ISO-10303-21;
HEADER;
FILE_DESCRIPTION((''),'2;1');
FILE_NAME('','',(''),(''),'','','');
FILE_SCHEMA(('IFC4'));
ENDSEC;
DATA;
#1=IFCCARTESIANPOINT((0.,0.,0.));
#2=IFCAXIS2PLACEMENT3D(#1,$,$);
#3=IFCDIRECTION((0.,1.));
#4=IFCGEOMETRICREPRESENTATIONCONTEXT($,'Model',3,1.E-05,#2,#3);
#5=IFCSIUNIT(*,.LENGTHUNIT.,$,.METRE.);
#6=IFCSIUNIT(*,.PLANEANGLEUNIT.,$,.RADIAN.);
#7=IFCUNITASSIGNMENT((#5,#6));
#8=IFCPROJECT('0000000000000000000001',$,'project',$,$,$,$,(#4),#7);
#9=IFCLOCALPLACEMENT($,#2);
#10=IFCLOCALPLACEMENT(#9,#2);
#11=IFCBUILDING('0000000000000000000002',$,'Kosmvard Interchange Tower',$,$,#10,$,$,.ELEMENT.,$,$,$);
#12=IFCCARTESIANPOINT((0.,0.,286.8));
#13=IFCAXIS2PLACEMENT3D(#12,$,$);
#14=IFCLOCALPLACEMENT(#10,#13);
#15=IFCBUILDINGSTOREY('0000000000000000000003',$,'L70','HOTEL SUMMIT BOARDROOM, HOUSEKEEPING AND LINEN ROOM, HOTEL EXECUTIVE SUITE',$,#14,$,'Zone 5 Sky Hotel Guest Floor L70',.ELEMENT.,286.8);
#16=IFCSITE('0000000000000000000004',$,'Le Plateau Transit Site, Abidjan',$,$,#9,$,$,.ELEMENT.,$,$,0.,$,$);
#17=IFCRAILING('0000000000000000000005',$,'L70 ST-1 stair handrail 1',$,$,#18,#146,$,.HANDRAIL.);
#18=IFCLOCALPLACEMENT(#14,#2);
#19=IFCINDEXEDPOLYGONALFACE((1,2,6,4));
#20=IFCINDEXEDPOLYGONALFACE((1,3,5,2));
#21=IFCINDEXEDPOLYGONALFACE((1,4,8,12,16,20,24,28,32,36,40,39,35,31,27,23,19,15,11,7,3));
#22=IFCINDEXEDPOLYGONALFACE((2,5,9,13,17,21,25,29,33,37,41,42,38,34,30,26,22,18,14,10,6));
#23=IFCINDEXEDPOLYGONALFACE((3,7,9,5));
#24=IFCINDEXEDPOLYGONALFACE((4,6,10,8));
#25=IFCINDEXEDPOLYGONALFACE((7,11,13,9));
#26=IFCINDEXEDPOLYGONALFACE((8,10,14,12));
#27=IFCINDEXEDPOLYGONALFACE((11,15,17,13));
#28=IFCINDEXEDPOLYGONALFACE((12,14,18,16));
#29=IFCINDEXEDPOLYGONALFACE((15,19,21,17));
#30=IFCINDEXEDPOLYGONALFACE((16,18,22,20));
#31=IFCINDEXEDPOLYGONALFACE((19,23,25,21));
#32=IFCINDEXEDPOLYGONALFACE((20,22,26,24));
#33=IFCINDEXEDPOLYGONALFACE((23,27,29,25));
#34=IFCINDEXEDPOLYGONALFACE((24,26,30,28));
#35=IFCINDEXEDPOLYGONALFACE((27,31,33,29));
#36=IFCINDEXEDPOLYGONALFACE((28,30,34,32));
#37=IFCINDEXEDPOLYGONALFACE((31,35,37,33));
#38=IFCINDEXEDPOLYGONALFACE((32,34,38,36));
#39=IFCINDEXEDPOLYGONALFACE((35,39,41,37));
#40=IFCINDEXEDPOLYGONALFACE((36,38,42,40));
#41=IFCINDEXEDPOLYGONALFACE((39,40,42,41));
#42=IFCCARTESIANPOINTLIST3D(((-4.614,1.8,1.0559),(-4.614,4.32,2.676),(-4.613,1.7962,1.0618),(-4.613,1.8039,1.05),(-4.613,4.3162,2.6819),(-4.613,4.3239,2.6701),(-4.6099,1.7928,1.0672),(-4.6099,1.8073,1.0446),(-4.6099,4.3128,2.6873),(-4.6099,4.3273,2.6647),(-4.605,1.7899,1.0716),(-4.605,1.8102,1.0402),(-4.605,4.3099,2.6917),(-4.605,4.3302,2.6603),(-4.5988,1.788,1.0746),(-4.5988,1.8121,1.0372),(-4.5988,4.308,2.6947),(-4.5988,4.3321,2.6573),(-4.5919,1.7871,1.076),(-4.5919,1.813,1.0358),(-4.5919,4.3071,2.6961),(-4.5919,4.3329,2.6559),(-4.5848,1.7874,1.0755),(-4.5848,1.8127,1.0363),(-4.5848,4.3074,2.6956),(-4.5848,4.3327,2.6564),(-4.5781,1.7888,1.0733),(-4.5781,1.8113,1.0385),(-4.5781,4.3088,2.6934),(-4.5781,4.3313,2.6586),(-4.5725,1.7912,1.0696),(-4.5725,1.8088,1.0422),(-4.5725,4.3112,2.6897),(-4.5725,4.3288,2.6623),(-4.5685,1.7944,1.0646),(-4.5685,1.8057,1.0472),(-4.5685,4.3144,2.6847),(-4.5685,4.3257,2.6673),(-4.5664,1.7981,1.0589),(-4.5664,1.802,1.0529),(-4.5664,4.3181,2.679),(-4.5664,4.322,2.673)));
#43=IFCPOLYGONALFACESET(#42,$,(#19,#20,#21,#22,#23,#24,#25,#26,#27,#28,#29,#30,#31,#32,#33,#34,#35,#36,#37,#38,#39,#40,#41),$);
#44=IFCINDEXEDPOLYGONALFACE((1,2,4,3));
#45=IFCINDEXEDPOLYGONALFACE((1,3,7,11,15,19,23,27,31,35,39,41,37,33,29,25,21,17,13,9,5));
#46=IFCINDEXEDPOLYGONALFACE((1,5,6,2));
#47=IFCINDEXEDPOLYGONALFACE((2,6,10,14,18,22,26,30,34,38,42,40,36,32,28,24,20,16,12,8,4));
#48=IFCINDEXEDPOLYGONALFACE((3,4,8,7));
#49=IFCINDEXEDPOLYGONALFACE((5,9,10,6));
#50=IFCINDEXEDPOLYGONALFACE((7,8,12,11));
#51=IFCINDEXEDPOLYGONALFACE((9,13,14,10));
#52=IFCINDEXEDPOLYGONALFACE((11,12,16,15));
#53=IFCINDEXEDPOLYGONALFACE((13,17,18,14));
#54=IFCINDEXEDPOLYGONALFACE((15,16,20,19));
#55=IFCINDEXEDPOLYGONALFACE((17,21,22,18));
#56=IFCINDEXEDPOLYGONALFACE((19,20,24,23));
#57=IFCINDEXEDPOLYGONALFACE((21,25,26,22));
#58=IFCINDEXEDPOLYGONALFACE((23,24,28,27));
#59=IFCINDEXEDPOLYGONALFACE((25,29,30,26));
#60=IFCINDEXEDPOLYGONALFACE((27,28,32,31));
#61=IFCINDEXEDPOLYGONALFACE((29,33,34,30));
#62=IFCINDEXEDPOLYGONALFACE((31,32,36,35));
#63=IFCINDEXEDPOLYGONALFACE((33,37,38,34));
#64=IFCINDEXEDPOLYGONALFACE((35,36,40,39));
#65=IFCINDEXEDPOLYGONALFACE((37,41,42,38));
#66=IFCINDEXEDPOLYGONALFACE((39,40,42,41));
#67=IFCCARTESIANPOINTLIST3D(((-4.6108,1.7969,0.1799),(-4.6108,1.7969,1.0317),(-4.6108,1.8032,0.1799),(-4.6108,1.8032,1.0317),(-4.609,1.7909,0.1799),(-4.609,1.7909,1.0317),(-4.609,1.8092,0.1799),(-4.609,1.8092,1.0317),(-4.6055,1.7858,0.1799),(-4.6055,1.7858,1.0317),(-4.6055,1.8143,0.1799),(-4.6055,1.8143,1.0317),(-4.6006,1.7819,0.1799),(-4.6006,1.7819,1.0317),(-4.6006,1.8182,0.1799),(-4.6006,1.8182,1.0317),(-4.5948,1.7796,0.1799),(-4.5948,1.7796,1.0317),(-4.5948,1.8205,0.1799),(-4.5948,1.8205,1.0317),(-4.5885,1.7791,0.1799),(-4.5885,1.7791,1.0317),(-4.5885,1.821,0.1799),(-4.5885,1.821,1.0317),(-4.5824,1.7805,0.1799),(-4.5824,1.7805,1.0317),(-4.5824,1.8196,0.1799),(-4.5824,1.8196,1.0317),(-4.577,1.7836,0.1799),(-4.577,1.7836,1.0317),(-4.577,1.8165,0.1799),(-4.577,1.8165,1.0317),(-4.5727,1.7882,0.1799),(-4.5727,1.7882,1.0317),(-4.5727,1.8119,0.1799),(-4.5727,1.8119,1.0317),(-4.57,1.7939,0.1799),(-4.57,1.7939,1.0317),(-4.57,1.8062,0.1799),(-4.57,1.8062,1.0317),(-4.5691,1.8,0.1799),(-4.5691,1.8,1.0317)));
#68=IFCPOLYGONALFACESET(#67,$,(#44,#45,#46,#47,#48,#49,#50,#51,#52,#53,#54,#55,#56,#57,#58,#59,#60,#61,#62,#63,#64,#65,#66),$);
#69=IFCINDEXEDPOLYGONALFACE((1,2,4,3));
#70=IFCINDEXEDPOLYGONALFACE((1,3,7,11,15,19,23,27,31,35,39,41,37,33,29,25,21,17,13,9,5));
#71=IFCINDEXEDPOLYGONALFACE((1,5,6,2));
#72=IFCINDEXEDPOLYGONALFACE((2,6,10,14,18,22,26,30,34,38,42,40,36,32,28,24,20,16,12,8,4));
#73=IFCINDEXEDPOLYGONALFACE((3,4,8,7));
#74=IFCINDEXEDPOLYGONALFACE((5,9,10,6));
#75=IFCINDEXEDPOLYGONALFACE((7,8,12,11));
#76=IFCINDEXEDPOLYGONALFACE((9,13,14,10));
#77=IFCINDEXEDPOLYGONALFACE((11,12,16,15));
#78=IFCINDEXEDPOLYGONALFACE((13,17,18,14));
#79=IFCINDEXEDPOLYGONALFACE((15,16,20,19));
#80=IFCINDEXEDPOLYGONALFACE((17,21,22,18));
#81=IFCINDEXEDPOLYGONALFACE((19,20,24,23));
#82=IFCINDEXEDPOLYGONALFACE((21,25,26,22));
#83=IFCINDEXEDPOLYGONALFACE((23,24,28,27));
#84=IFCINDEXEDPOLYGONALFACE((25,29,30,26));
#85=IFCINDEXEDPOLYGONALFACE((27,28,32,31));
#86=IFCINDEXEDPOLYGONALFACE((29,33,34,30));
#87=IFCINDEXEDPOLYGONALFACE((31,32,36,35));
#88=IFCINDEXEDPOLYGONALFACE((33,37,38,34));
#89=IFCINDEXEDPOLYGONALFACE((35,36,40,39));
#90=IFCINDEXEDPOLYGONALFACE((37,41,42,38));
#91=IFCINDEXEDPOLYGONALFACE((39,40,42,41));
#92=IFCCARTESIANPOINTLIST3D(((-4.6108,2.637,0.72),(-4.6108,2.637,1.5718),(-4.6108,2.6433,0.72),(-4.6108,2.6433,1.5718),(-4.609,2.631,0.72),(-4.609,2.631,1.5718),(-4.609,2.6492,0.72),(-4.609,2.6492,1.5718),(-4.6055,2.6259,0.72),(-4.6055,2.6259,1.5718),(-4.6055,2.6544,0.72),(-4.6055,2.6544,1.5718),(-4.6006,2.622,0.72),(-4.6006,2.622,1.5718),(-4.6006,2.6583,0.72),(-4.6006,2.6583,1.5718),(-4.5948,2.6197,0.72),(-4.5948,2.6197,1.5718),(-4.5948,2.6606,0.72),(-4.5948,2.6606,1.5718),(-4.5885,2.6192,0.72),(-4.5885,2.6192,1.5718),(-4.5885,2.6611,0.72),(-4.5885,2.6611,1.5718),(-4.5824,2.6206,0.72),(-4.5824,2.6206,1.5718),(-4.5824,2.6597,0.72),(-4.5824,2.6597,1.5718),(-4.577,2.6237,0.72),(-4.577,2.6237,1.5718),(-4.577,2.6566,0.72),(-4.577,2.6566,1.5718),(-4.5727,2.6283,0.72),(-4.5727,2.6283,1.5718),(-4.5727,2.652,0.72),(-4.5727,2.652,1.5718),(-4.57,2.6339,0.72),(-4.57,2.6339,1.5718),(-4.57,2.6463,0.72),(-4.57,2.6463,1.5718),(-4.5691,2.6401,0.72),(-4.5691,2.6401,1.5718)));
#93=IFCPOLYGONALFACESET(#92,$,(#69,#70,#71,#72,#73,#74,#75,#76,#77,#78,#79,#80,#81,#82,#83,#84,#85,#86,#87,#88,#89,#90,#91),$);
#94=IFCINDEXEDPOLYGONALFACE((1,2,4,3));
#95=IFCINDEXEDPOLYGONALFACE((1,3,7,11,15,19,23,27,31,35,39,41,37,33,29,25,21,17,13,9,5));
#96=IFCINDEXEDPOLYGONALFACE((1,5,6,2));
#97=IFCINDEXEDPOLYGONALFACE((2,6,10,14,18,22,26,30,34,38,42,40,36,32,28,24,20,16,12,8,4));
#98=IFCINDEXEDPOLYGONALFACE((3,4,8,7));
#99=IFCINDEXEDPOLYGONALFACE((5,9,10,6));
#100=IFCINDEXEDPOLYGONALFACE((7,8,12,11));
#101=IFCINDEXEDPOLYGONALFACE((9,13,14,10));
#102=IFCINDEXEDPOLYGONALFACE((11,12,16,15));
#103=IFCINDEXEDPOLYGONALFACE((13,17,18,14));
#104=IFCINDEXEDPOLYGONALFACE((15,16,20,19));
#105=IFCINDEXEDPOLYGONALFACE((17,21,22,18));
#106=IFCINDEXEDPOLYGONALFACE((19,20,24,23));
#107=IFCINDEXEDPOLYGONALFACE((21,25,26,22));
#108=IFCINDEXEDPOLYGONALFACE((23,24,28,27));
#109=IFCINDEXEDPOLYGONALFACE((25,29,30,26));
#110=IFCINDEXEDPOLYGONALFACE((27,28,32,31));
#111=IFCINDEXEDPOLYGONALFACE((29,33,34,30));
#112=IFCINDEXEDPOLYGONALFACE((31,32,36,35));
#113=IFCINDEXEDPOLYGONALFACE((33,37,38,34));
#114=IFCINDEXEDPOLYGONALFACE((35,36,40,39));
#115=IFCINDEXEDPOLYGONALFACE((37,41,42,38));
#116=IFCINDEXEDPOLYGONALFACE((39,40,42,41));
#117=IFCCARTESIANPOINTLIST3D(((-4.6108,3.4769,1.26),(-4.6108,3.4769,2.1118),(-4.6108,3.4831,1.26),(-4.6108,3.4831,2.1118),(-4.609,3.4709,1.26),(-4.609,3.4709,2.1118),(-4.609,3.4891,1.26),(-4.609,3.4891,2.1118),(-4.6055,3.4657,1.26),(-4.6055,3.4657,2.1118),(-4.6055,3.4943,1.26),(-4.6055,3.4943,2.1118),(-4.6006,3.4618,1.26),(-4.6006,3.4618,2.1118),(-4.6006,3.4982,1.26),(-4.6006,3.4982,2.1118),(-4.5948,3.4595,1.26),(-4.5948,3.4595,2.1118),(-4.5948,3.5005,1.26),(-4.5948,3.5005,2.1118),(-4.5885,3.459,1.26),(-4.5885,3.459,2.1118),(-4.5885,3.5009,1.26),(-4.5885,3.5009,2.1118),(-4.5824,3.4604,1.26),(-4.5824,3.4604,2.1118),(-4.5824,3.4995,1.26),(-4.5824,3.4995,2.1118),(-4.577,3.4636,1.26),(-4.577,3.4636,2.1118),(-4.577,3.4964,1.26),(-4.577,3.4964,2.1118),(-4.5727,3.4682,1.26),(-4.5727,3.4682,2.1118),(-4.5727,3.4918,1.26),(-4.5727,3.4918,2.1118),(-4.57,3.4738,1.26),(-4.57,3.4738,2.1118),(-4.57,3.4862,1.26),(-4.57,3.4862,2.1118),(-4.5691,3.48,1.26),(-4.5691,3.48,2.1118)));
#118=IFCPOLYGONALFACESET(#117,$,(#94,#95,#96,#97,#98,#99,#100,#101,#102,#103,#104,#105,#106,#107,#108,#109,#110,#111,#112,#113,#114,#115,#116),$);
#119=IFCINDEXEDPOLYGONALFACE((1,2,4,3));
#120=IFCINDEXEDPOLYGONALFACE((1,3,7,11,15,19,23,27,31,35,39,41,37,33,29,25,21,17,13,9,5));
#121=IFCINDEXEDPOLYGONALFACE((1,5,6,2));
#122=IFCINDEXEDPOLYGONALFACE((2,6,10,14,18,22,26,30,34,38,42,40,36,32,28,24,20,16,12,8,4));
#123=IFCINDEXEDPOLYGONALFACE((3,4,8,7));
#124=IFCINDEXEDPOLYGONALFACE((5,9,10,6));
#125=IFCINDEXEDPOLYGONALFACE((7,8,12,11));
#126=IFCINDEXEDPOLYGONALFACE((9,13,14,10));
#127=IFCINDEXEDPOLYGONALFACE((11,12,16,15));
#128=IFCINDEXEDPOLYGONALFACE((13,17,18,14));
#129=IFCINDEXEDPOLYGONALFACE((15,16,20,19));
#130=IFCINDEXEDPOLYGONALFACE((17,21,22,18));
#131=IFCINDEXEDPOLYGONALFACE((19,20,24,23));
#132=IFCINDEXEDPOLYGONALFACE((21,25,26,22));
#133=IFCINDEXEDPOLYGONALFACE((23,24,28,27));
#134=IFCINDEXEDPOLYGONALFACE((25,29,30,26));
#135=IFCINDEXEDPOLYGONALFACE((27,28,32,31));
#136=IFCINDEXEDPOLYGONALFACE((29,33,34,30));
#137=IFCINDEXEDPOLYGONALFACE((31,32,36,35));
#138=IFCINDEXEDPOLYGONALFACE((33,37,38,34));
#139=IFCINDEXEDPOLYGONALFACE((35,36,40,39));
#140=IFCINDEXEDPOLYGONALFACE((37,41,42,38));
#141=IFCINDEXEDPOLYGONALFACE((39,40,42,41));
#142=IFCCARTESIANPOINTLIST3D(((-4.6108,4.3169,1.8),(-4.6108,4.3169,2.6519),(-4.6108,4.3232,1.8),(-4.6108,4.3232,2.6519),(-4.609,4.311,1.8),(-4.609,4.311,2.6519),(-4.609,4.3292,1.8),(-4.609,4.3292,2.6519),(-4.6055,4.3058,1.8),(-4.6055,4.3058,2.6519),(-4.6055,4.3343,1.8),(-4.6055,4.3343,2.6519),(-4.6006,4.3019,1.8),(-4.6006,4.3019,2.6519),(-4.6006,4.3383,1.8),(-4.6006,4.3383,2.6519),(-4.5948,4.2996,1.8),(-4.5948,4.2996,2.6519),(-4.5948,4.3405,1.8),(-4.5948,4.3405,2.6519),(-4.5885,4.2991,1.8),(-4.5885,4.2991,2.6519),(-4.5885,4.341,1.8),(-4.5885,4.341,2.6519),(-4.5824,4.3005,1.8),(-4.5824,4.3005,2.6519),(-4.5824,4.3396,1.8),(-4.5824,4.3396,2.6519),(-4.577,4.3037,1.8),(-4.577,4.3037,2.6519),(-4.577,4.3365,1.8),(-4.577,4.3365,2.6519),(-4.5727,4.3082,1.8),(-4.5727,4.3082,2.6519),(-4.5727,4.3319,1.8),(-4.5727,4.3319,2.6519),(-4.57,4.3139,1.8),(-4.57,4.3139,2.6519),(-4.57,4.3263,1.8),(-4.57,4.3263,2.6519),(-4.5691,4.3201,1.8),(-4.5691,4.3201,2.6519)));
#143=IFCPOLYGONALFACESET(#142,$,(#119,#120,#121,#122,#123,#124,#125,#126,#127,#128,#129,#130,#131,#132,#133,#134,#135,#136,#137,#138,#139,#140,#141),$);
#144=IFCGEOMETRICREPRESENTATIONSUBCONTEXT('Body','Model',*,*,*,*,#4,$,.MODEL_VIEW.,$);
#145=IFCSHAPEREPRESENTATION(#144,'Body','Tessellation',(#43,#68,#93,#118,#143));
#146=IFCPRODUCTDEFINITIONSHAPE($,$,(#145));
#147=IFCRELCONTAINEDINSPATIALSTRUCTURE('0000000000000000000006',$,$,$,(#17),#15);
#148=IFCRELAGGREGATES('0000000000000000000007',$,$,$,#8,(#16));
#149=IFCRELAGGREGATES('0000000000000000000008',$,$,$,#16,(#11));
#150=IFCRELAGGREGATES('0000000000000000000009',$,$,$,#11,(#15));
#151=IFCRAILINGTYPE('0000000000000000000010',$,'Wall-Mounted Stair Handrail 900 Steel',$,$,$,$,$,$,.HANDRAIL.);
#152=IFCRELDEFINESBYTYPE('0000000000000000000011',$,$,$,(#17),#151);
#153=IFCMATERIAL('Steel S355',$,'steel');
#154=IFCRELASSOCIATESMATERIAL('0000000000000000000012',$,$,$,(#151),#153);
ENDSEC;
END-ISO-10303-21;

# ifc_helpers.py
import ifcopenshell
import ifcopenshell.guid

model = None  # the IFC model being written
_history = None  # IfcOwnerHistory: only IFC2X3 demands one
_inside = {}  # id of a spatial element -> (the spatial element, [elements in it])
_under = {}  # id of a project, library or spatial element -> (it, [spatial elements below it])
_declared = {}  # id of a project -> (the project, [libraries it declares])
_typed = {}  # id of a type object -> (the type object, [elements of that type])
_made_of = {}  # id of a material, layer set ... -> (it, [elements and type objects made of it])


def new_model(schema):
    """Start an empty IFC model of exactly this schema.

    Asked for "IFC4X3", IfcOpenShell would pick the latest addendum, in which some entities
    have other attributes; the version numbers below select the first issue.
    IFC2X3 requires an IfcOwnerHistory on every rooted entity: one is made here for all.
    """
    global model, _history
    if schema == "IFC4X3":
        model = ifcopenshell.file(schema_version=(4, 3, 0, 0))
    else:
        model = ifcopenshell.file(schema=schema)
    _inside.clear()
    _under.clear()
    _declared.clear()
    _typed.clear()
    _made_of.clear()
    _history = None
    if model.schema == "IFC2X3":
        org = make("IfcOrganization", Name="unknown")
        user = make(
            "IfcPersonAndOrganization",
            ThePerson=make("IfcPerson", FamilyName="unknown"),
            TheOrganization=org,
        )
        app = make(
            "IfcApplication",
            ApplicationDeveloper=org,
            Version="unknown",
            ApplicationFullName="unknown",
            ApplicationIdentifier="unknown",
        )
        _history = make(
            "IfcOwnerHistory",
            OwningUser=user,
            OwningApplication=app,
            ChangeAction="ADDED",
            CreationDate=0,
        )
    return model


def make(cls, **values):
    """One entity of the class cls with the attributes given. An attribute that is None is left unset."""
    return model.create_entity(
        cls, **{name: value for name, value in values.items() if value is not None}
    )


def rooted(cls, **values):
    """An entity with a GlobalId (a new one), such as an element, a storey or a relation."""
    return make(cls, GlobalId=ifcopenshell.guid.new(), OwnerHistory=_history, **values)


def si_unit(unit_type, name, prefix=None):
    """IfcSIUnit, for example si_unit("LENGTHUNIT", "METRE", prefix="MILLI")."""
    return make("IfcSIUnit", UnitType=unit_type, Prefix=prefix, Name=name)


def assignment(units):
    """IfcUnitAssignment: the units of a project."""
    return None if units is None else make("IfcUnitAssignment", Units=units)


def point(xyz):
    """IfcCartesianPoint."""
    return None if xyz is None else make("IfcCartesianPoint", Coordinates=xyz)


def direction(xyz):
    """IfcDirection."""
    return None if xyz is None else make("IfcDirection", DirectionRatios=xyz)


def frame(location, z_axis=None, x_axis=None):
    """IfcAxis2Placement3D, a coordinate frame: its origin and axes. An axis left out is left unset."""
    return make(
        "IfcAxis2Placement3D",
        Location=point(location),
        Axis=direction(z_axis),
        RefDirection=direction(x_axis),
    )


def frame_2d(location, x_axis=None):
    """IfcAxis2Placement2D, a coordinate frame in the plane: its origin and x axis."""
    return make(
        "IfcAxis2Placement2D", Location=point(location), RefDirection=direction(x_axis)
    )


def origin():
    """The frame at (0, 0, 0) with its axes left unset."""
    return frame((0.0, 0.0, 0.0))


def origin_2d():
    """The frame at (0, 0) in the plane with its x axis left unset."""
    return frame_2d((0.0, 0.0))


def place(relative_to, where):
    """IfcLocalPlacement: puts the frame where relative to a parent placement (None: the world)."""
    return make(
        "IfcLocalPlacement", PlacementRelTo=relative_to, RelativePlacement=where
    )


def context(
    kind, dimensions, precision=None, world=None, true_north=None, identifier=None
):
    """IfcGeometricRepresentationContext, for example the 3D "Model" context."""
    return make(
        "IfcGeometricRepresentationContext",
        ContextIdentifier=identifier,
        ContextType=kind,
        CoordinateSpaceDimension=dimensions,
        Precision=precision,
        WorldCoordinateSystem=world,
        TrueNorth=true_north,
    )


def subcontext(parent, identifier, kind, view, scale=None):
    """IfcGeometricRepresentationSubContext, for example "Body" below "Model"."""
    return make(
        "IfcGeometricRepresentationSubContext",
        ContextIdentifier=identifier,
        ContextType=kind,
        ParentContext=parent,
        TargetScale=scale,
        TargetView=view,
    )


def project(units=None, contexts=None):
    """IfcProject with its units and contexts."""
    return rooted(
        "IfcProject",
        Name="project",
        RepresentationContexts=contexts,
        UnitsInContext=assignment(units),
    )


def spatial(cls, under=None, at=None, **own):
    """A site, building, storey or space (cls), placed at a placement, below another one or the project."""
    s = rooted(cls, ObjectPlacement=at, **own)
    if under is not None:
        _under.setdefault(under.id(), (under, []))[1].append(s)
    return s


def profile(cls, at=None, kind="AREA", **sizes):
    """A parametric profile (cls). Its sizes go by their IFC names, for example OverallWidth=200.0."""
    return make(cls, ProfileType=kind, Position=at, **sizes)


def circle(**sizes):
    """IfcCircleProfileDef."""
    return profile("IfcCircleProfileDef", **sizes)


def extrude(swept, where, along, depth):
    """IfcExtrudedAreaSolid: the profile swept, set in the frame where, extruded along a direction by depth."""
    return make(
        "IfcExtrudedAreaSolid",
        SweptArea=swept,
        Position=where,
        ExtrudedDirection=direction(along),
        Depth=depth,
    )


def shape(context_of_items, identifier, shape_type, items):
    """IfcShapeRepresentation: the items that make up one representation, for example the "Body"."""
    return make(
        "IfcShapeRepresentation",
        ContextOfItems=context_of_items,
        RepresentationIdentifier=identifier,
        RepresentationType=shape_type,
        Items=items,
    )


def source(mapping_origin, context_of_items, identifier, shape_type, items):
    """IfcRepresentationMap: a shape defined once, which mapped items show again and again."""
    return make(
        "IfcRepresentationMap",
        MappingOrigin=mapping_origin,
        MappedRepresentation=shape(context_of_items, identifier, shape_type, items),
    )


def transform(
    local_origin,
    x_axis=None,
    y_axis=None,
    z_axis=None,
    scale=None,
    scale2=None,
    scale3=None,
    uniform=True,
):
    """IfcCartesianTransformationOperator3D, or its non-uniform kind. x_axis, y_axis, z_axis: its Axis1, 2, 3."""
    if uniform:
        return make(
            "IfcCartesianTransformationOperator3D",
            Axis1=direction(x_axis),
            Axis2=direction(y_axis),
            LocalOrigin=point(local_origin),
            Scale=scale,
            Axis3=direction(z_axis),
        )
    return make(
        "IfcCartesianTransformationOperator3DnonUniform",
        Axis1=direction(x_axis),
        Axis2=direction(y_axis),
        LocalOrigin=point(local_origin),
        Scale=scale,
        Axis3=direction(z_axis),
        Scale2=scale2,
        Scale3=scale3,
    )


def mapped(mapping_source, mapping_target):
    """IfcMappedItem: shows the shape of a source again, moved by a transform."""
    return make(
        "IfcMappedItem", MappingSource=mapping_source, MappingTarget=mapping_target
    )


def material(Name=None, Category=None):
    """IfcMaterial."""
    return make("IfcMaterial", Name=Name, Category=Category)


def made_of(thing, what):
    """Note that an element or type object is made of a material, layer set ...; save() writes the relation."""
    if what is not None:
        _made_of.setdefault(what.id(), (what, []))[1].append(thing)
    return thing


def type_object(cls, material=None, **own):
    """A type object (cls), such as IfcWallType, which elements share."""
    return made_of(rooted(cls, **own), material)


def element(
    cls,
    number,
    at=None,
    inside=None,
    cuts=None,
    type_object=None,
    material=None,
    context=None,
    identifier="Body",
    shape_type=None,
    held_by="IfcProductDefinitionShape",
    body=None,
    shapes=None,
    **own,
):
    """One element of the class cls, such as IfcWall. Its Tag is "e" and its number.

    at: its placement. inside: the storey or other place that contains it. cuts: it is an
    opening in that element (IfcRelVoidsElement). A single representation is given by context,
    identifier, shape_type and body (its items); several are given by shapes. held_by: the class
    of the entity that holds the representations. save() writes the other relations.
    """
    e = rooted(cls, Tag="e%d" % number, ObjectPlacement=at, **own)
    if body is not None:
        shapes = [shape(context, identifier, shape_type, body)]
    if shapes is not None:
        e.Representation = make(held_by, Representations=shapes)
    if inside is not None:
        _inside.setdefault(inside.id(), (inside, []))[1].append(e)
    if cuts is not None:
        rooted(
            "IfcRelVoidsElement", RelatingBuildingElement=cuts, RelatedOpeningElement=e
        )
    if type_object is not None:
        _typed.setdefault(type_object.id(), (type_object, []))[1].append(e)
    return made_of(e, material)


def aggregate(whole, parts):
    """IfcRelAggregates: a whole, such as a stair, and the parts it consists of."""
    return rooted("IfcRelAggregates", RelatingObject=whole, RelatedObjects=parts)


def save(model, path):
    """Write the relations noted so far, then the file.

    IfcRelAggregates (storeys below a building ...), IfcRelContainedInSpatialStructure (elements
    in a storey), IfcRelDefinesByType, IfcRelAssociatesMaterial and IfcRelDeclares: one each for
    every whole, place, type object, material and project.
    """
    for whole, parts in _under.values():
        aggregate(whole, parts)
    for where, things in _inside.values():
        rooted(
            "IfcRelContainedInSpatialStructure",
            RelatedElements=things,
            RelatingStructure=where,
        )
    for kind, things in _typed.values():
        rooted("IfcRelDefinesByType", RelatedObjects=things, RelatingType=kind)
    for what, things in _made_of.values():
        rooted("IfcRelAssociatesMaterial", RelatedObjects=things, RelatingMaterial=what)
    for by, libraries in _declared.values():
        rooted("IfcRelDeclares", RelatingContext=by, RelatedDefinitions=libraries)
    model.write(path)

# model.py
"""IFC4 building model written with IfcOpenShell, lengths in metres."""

from ifc_helpers import new_model, si_unit, direction, frame, origin, origin_2d, place, context, subcontext, project, spatial, circle, extrude, source, transform, mapped, material, type_object, element, save


model = new_model("IFC4")

# Units and contexts
model_context = context("Model", 3, precision=1e-05, world=origin(), true_north=direction((0.0, 1.0)))
body_context = subcontext(model_context, "Body", "Model", "MODEL_VIEW")
ifc_project = project(units=[si_unit("LENGTHUNIT", "METRE"), si_unit("PLANEANGLEUNIT", "RADIAN")], contexts=[model_context])

# Site, building, storey
site_placement = place(None, origin())
site = spatial("IfcSite", under=ifc_project, at=site_placement, Name="Le Plateau Transit Site, Abidjan", CompositionType="ELEMENT", RefElevation=0.0)
building_placement = place(site_placement, origin())
building = spatial("IfcBuilding", under=site, at=building_placement, Name="Kosmvard Interchange Tower", CompositionType="ELEMENT")
storey_placement = place(building_placement, frame((0.0, 0.0, 286.8)))
storey = spatial("IfcBuildingStorey", under=building, at=storey_placement, Name="L70", Description="HOTEL SUMMIT BOARDROOM, HOUSEKEEPING AND LINEN ROOM, HOTEL EXECUTIVE SUITE", LongName="Zone 5 Sky Hotel Guest Floor L70", CompositionType="ELEMENT", Elevation=286.8)

# Shared definitions
ifc_material_1 = material(Name="Steel S355", Category="steel")

# Railing
railing_type_1 = type_object("IfcRailingType", Name="Wall-Mounted Stair Handrail 900 Steel", PredefinedType="HANDRAIL", material=ifc_material_1)
shared_shape_1 = source(origin(), body_context, "Body", "SweptSolid", [
    extrude(circle(Radius=0.0239, at=origin_2d()), frame((0.0, 0.0, 0.876), z_axis=(0.0, 0.841163, 0.540782), x_axis=(-1.0, 0.0, 0.0)), (0.0, 0.0, 1.0), 2.9958),
    extrude(circle(Radius=0.021, at=origin_2d()), origin(), (0.0, 0.0, 1.0), 0.8518),
    extrude(circle(Radius=0.021, at=origin_2d()), frame((0.0, 0.8401, 0.54)), (0.0, 0.0, 1.0), 0.8518),
    extrude(circle(Radius=0.021, at=origin_2d()), frame((0.0, 1.6799, 1.0801)), (0.0, 0.0, 1.0), 0.8518),
    extrude(circle(Radius=0.021, at=origin_2d()), frame((0.0, 2.52, 1.6201)), (0.0, 0.0, 1.0), 0.8518),
])
railing_1_placement = place(storey_placement, frame((-4.5901, 1.8, 0.1799)))
element("IfcRailing", 1, at=railing_1_placement, inside=storey, type_object=railing_type_1, Name="L70 ST-1 stair handrail 1", PredefinedType="HANDRAIL", context=body_context, shape_type="MappedRepresentation", body=[
    mapped(shared_shape_1, transform((0.0, 0.0, 0.0), scale=1.0)),
])

save(model, "model.ifc")
